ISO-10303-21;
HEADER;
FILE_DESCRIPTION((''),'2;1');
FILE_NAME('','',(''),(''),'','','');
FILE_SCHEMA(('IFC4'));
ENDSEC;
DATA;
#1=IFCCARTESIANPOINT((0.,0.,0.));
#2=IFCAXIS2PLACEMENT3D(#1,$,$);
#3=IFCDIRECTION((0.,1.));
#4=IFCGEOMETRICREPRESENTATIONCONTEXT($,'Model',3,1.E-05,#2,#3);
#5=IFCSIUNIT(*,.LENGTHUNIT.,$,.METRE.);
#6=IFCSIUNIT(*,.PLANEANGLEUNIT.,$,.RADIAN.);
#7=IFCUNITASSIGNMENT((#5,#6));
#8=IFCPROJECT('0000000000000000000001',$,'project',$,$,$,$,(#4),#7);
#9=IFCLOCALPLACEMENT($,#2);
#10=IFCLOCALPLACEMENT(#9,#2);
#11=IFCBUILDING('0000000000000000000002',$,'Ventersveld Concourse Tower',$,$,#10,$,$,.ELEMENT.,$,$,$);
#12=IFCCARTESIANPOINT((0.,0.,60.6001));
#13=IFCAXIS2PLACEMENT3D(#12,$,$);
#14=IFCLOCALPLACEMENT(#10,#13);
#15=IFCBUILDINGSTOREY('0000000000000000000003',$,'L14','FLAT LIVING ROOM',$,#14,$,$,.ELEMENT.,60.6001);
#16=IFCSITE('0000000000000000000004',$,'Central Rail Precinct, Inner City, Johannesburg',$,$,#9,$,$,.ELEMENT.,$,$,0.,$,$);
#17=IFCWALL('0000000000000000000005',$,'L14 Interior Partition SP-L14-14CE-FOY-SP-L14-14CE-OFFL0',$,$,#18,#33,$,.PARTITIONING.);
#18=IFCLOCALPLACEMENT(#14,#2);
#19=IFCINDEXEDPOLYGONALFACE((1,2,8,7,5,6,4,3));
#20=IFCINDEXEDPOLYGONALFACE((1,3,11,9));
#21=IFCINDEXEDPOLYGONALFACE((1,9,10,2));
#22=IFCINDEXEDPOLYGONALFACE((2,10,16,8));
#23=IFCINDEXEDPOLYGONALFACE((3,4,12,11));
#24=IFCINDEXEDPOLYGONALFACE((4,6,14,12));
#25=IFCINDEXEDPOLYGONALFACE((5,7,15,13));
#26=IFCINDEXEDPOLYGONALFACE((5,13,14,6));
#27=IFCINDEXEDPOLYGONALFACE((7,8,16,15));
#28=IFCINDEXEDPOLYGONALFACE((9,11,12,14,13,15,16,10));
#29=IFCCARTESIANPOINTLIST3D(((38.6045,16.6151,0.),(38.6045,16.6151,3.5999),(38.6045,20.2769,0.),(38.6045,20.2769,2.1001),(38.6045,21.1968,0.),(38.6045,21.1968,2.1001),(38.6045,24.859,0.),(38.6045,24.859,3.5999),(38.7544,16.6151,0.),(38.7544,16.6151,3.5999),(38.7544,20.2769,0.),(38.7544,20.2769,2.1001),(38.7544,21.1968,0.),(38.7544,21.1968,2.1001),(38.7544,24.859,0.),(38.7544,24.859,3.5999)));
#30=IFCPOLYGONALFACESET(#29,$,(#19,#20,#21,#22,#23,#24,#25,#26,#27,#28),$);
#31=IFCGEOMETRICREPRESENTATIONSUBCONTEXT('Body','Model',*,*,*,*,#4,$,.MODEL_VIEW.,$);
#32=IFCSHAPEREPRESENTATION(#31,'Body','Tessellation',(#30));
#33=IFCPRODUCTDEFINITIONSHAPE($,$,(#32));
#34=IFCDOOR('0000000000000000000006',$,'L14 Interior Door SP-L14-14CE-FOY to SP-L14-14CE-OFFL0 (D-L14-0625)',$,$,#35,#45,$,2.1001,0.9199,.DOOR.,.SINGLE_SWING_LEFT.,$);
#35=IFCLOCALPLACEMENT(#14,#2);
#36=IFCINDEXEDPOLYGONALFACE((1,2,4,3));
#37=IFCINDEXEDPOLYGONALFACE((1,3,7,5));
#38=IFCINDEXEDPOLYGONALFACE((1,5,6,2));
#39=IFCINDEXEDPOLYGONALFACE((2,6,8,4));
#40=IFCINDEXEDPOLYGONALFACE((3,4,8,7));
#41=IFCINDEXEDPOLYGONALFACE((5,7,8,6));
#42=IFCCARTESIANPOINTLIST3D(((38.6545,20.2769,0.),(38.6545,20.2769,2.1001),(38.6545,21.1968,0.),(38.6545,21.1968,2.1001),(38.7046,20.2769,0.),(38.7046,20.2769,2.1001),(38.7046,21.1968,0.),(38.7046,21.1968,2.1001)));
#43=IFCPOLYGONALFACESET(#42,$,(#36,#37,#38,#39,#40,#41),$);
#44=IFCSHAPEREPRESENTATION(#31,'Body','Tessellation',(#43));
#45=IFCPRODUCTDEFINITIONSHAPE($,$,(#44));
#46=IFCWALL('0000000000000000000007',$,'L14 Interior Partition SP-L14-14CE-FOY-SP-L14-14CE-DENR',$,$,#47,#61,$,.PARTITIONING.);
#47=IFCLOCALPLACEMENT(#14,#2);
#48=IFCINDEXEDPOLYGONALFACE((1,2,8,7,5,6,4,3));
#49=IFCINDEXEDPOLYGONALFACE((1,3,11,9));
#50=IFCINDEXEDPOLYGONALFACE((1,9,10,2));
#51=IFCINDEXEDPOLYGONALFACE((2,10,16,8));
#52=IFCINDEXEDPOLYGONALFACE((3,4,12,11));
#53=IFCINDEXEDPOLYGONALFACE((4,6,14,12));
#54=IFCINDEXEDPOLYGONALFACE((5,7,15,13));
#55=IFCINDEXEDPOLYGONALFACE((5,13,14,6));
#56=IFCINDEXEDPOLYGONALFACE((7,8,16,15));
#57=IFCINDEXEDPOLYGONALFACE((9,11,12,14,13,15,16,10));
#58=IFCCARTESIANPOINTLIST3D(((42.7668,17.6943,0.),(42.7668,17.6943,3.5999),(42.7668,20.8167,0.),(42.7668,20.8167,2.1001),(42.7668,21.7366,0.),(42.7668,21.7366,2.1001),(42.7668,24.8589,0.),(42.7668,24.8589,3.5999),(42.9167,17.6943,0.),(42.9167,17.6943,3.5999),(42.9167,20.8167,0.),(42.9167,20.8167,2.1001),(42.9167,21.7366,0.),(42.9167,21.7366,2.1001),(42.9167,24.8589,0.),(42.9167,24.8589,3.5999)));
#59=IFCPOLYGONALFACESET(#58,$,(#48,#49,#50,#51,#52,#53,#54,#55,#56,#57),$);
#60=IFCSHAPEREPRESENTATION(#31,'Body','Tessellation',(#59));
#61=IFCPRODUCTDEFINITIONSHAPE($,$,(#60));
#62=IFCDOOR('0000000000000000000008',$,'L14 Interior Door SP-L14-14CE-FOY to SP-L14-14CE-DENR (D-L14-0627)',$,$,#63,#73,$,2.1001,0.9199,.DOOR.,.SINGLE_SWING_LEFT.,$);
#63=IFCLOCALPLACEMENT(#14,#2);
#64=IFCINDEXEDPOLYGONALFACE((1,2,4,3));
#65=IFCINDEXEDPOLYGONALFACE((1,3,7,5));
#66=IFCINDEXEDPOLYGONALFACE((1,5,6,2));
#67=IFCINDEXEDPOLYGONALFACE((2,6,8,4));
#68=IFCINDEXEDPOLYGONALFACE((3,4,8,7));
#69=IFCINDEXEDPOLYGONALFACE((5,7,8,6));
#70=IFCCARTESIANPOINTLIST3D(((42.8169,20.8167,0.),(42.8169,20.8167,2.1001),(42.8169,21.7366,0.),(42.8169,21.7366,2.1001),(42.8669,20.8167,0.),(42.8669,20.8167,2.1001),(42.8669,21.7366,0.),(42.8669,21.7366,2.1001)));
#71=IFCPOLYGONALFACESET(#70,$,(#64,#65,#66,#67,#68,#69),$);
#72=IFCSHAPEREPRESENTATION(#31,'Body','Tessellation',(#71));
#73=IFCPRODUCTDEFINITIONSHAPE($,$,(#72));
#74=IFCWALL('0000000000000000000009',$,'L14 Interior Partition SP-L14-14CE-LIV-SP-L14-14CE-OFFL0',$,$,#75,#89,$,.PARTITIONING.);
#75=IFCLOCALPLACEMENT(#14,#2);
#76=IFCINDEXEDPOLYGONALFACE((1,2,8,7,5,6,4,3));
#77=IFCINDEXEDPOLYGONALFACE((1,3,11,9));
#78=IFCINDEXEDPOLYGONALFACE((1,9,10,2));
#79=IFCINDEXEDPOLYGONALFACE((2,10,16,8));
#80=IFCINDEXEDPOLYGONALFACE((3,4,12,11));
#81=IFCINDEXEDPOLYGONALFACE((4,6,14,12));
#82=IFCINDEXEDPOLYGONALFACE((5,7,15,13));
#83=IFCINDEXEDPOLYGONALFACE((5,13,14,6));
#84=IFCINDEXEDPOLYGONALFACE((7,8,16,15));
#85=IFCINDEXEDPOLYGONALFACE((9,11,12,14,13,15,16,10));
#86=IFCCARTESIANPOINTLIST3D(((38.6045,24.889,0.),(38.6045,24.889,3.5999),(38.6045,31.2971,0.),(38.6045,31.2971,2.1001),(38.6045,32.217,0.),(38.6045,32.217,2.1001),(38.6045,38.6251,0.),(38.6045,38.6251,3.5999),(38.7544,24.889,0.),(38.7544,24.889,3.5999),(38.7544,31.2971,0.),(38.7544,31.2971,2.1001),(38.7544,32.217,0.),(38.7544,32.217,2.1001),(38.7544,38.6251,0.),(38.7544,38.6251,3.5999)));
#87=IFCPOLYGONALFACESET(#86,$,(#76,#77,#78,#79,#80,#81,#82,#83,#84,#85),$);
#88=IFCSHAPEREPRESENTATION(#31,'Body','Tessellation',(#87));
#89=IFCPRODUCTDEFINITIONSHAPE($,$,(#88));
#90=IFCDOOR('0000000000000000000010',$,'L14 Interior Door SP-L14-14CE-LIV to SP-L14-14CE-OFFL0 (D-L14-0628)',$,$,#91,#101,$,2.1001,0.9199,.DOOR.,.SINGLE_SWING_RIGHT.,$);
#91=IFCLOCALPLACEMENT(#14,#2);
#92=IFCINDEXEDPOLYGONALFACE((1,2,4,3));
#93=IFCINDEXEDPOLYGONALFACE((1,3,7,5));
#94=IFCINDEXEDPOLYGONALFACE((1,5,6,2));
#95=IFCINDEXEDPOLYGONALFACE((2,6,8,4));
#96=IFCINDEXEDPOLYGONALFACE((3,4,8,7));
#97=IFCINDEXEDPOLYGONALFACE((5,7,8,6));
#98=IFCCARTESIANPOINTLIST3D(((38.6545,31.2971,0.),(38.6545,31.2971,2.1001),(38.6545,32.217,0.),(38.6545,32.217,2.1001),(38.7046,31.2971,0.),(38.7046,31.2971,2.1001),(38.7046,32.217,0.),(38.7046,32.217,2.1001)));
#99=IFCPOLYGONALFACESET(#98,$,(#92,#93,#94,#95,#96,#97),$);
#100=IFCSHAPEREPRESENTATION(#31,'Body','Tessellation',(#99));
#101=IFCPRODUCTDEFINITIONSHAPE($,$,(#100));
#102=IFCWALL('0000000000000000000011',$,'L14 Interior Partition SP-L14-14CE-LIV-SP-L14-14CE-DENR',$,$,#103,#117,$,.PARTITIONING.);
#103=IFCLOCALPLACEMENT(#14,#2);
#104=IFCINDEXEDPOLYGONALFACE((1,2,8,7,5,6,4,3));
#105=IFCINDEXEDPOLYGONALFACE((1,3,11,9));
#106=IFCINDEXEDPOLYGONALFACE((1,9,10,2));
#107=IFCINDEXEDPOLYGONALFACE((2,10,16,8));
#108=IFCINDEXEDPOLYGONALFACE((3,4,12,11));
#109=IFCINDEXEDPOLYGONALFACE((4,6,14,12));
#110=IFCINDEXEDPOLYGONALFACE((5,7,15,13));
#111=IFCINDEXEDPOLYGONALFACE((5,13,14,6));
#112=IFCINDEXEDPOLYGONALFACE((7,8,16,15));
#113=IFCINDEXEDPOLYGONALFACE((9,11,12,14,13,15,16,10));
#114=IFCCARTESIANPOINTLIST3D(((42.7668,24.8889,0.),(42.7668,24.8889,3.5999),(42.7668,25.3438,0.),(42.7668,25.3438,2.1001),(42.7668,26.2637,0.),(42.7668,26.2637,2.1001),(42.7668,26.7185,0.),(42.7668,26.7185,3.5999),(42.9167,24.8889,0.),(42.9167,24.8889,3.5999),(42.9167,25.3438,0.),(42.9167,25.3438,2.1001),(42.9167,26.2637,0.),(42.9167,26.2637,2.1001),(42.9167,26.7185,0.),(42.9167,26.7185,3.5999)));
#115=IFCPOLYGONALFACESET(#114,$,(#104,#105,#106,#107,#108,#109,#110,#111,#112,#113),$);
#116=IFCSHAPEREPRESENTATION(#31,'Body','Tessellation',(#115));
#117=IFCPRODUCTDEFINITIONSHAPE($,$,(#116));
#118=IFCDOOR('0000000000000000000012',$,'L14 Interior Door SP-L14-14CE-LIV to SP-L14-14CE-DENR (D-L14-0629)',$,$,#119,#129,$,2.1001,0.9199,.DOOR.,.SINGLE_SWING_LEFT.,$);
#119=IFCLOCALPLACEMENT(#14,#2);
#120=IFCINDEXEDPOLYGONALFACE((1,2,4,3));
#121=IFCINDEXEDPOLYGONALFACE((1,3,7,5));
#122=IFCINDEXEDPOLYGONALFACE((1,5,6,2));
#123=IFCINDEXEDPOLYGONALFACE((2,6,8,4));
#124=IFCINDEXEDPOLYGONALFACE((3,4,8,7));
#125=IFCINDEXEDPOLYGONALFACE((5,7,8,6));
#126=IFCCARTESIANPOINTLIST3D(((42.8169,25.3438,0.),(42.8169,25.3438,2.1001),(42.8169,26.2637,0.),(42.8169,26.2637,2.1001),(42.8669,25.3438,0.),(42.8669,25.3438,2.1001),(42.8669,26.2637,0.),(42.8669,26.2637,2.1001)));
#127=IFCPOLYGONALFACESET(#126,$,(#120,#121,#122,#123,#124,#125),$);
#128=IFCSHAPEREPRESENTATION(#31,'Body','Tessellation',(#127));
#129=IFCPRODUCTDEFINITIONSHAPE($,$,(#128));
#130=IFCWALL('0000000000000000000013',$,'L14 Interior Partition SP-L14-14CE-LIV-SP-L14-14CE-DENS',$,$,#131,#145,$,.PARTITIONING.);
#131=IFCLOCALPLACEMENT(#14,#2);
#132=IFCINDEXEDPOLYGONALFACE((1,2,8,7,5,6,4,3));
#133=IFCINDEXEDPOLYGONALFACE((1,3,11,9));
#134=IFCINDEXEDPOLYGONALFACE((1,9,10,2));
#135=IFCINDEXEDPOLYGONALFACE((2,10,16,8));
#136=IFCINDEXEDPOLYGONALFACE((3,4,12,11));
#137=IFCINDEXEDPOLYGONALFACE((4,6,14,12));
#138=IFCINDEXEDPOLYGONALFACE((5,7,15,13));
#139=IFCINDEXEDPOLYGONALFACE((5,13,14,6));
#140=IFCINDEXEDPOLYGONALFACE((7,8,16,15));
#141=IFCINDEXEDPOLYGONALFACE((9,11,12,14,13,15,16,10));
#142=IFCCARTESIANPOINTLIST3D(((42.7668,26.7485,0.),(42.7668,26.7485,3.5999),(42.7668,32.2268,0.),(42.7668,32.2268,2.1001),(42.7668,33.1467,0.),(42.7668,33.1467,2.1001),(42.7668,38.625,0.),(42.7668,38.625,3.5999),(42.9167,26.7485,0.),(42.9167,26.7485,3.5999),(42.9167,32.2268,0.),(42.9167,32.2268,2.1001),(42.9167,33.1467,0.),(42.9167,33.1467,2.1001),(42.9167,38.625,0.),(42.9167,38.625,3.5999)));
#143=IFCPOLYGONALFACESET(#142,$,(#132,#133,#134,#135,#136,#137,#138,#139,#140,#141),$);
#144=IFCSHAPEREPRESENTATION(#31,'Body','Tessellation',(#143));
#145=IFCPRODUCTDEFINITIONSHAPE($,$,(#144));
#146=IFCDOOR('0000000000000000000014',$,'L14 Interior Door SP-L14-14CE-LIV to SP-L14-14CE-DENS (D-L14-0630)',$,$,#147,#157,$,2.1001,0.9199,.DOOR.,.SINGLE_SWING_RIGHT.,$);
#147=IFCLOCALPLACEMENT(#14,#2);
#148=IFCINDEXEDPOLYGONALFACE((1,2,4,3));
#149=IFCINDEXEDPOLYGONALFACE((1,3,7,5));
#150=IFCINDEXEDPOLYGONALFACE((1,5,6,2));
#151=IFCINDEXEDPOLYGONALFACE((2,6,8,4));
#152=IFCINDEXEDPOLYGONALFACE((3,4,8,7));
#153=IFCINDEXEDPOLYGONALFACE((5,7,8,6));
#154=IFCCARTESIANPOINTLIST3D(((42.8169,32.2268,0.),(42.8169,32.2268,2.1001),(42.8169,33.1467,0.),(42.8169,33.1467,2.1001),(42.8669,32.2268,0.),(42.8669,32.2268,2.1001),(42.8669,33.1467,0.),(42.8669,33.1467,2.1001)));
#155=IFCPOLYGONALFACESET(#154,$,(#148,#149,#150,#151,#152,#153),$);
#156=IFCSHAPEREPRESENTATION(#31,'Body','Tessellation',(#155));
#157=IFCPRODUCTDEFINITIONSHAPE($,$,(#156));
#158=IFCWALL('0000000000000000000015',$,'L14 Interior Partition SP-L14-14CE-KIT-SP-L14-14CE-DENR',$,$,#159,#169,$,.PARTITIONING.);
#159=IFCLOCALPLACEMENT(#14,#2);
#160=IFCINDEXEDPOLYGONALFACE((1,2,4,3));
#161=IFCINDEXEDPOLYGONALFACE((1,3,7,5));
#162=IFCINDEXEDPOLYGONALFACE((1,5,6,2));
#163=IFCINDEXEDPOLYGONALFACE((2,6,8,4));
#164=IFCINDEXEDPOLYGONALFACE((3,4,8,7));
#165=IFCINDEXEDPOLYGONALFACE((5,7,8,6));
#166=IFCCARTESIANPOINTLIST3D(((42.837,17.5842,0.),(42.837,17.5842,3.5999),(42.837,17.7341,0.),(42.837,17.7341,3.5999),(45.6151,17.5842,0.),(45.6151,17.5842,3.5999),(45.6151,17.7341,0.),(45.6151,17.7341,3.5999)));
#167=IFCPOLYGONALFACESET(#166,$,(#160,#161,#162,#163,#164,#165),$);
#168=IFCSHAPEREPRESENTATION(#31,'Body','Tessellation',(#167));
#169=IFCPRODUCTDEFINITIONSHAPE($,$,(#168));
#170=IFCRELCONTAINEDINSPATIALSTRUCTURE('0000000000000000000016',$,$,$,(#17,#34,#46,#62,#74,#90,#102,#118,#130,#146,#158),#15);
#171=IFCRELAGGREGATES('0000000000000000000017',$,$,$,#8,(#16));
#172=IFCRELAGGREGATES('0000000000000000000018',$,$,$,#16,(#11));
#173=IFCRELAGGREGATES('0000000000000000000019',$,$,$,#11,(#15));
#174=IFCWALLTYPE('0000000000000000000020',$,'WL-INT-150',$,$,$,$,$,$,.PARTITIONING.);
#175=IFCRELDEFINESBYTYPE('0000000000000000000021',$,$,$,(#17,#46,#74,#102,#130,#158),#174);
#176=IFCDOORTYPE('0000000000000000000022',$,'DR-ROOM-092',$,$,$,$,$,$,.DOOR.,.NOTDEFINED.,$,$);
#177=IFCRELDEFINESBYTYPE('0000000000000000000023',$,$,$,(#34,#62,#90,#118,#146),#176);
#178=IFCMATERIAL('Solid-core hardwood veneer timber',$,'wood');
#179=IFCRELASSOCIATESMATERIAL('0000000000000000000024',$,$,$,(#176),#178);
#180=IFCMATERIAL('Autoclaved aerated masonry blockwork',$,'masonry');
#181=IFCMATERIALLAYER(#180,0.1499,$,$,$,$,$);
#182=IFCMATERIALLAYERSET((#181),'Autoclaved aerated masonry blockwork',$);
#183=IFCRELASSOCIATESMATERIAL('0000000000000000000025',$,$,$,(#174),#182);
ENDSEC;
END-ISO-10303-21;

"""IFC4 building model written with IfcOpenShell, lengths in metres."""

from ifc_helpers import new_model, si_unit, direction, frame, frame_2d, origin, place, context, subcontext, project, spatial, rectangle, extrude, material, layer, layer_set, type_object, element, fill, save


model = new_model("IFC4")

# Units and contexts
model_context = context("Model", 3, precision=1e-05, world=origin(), true_north=direction((0.0, 1.0)))
body_context = subcontext(model_context, "Body", "Model", "MODEL_VIEW")
ifc_project = project(units=[si_unit("LENGTHUNIT", "METRE"), si_unit("PLANEANGLEUNIT", "RADIAN")], contexts=[model_context])

# Site, building, storey
site_placement = place(None, origin())
site = spatial("IfcSite", under=ifc_project, at=site_placement, Name="Central Rail Precinct, Inner City, Johannesburg", CompositionType="ELEMENT", RefElevation=0.0)
building_placement = place(site_placement, origin())
building = spatial("IfcBuilding", under=site, at=building_placement, Name="Ventersveld Concourse Tower", CompositionType="ELEMENT")
storey_placement = place(building_placement, frame((0.0, 0.0, 60.6001)))
storey = spatial("IfcBuildingStorey", under=building, at=storey_placement, Name="L14", Description="FLAT LIVING ROOM", CompositionType="ELEMENT", Elevation=60.6001)

# Walls, openings, doors
ifc_material_1 = material(Name="Solid-core hardwood veneer timber", Category="wood")
door_type = type_object("IfcDoorType", Name="DR-ROOM-092", OperationType="NOTDEFINED", PredefinedType="DOOR", material=ifc_material_1)
ifc_material_2 = material(Name="Autoclaved aerated masonry blockwork", Category="masonry")
ifc_layer_1 = layer(ifc_material_2, 0.1499)
ifc_layer_set_1 = layer_set([ifc_layer_1], Name="Autoclaved aerated masonry blockwork")
wall_type_1 = type_object("IfcWallType", Name="WL-INT-150", PredefinedType="PARTITIONING", material=ifc_layer_set_1)
wall_1_placement = place(storey_placement, frame((38.6794, 16.615, 0.0), z_axis=(0.0, 0.0, 1.0), x_axis=(0.0, 1.0, 0.0)))
wall_1 = element("IfcWall", 1, at=wall_1_placement, inside=storey, type_object=wall_type_1, Name="L14 Interior Partition SP-L14-14CE-FOY-SP-L14-14CE-OFFL0", PredefinedType="PARTITIONING", context=body_context, shape_type="SweptSolid", body=[
    extrude(rectangle(XDim=8.2439, YDim=0.1499, at=frame_2d((4.1221, 0.0))), origin(), (0.0, 0.0, 1.0), 3.5999),
])
opening_1_placement = place(wall_1_placement, frame((3.6619, 0.0, 0.0)))
opening_1 = element("IfcOpeningElement", 2, at=opening_1_placement, cuts=wall_1, PredefinedType="OPENING", context=body_context, shape_type="SweptSolid", body=[
    extrude(rectangle(XDim=0.9199, YDim=2.1001, at=frame_2d((0.46, 1.05))), frame((0.0, 0.085, 0.0), z_axis=(0.0, -1.0, 0.0), x_axis=(1.0, 0.0, 0.0)), (0.0, 0.0, 1.0), 0.1699),
])
door_1_placement = place(opening_1_placement, origin())
door_1 = element("IfcDoor", 3, at=door_1_placement, inside=storey, type_object=door_type, Name="L14 Interior Door SP-L14-14CE-FOY to SP-L14-14CE-OFFL0 (D-L14-0625)", OperationType="SINGLE_SWING_LEFT", OverallHeight=2.1001, OverallWidth=0.9199, PredefinedType="DOOR", context=body_context, shape_type="SweptSolid", body=[
    extrude(rectangle(XDim=0.9199, YDim=2.1001, at=frame_2d((0.46, 1.05))), frame((0.0, 0.0249, 0.0), z_axis=(0.0, -1.0, 0.0), x_axis=(1.0, 0.0, 0.0)), (0.0, 0.0, 1.0), 0.05),
])
fill(opening_1, door_1)
wall_2_placement = place(storey_placement, frame((42.8418, 17.6943, 0.0), z_axis=(0.0, 0.0, 1.0), x_axis=(0.0, 1.0, 0.0)))
wall_2 = element("IfcWall", 4, at=wall_2_placement, inside=storey, type_object=wall_type_1, Name="L14 Interior Partition SP-L14-14CE-FOY-SP-L14-14CE-DENR", PredefinedType="PARTITIONING", context=body_context, shape_type="SweptSolid", body=[
    extrude(rectangle(XDim=7.1646, YDim=0.1499, at=frame_2d((3.5823, 0.0))), origin(), (0.0, 0.0, 1.0), 3.5999),
])
opening_2_placement = place(wall_2_placement, frame((3.1223, 0.0, 0.0)))
opening_2 = element("IfcOpeningElement", 5, at=opening_2_placement, cuts=wall_2, PredefinedType="OPENING", context=body_context, shape_type="SweptSolid", body=[
    extrude(rectangle(XDim=0.9199, YDim=2.1001, at=frame_2d((0.46, 1.05))), frame((0.0, 0.085, 0.0), z_axis=(0.0, -1.0, 0.0), x_axis=(1.0, 0.0, 0.0)), (0.0, 0.0, 1.0), 0.1699),
])
door_2_placement = place(opening_2_placement, origin())
door_2 = element("IfcDoor", 6, at=door_2_placement, inside=storey, type_object=door_type, Name="L14 Interior Door SP-L14-14CE-FOY to SP-L14-14CE-DENR (D-L14-0627)", OperationType="SINGLE_SWING_LEFT", OverallHeight=2.1001, OverallWidth=0.9199, PredefinedType="DOOR", context=body_context, shape_type="SweptSolid", body=[
    extrude(rectangle(XDim=0.9199, YDim=2.1001, at=frame_2d((0.46, 1.05))), frame((0.0, 0.0249, 0.0), z_axis=(0.0, -1.0, 0.0), x_axis=(1.0, 0.0, 0.0)), (0.0, 0.0, 1.0), 0.05),
])
fill(opening_2, door_2)
wall_3_placement = place(storey_placement, frame((38.6794, 24.8889, 0.0), z_axis=(0.0, 0.0, 1.0), x_axis=(0.0, 1.0, 0.0)))
wall_3 = element("IfcWall", 7, at=wall_3_placement, inside=storey, type_object=wall_type_1, Name="L14 Interior Partition SP-L14-14CE-LIV-SP-L14-14CE-OFFL0", PredefinedType="PARTITIONING", context=body_context, shape_type="SweptSolid", body=[
    extrude(rectangle(XDim=13.7361, YDim=0.1499, at=frame_2d((6.8682, 0.0))), origin(), (0.0, 0.0, 1.0), 3.5999),
])
opening_3_placement = place(wall_3_placement, frame((6.4082, 0.0, 0.0)))
opening_3 = element("IfcOpeningElement", 8, at=opening_3_placement, cuts=wall_3, PredefinedType="OPENING", context=body_context, shape_type="SweptSolid", body=[
    extrude(rectangle(XDim=0.9199, YDim=2.1001, at=frame_2d((0.46, 1.05))), frame((0.0, 0.085, 0.0), z_axis=(0.0, -1.0, 0.0), x_axis=(1.0, 0.0, 0.0)), (0.0, 0.0, 1.0), 0.1699),
])
door_3_placement = place(opening_3_placement, origin())
door_3 = element("IfcDoor", 9, at=door_3_placement, inside=storey, type_object=door_type, Name="L14 Interior Door SP-L14-14CE-LIV to SP-L14-14CE-OFFL0 (D-L14-0628)", OperationType="SINGLE_SWING_RIGHT", OverallHeight=2.1001, OverallWidth=0.9199, PredefinedType="DOOR", context=body_context, shape_type="SweptSolid", body=[
    extrude(rectangle(XDim=0.9199, YDim=2.1001, at=frame_2d((0.46, 1.05))), frame((0.0, 0.0249, 0.0), z_axis=(0.0, -1.0, 0.0), x_axis=(1.0, 0.0, 0.0)), (0.0, 0.0, 1.0), 0.05),
])
fill(opening_3, door_3)
wall_4_placement = place(storey_placement, frame((42.8418, 24.8889, 0.0), z_axis=(0.0, 0.0, 1.0), x_axis=(0.0, 1.0, 0.0)))
wall_4 = element("IfcWall", 10, at=wall_4_placement, inside=storey, type_object=wall_type_1, Name="L14 Interior Partition SP-L14-14CE-LIV-SP-L14-14CE-DENR", PredefinedType="PARTITIONING", context=body_context, shape_type="SweptSolid", body=[
    extrude(rectangle(XDim=1.8296, YDim=0.1499, at=frame_2d((0.9148, 0.0))), origin(), (0.0, 0.0, 1.0), 3.5999),
])
opening_4_placement = place(wall_4_placement, frame((0.4548, 0.0, 0.0)))
opening_4 = element("IfcOpeningElement", 11, at=opening_4_placement, cuts=wall_4, PredefinedType="OPENING", context=body_context, shape_type="SweptSolid", body=[
    extrude(rectangle(XDim=0.9199, YDim=2.1001, at=frame_2d((0.46, 1.05))), frame((0.0, 0.085, 0.0), z_axis=(0.0, -1.0, 0.0), x_axis=(1.0, 0.0, 0.0)), (0.0, 0.0, 1.0), 0.1699),
])
door_4_placement = place(opening_4_placement, origin())
door_4 = element("IfcDoor", 12, at=door_4_placement, inside=storey, type_object=door_type, Name="L14 Interior Door SP-L14-14CE-LIV to SP-L14-14CE-DENR (D-L14-0629)", OperationType="SINGLE_SWING_LEFT", OverallHeight=2.1001, OverallWidth=0.9199, PredefinedType="DOOR", context=body_context, shape_type="SweptSolid", body=[
    extrude(rectangle(XDim=0.9199, YDim=2.1001, at=frame_2d((0.46, 1.05))), frame((0.0, 0.0249, 0.0), z_axis=(0.0, -1.0, 0.0), x_axis=(1.0, 0.0, 0.0)), (0.0, 0.0, 1.0), 0.05),
])
fill(opening_4, door_4)
wall_5_placement = place(storey_placement, frame((42.8418, 26.7485, 0.0), z_axis=(0.0, 0.0, 1.0), x_axis=(0.0, 1.0, 0.0)))
wall_5 = element("IfcWall", 13, at=wall_5_placement, inside=storey, type_object=wall_type_1, Name="L14 Interior Partition SP-L14-14CE-LIV-SP-L14-14CE-DENS", PredefinedType="PARTITIONING", context=body_context, shape_type="SweptSolid", body=[
    extrude(rectangle(XDim=11.8765, YDim=0.1499, at=frame_2d((5.9382, 0.0))), origin(), (0.0, 0.0, 1.0), 3.5999),
])
opening_5_placement = place(wall_5_placement, frame((5.4783, 0.0, 0.0)))
opening_5 = element("IfcOpeningElement", 14, at=opening_5_placement, cuts=wall_5, PredefinedType="OPENING", context=body_context, shape_type="SweptSolid", body=[
    extrude(rectangle(XDim=0.9199, YDim=2.1001, at=frame_2d((0.46, 1.05))), frame((0.0, 0.085, 0.0), z_axis=(0.0, -1.0, 0.0), x_axis=(1.0, 0.0, 0.0)), (0.0, 0.0, 1.0), 0.1699),
])
door_5_placement = place(opening_5_placement, origin())
door_5 = element("IfcDoor", 15, at=door_5_placement, inside=storey, type_object=door_type, Name="L14 Interior Door SP-L14-14CE-LIV to SP-L14-14CE-DENS (D-L14-0630)", OperationType="SINGLE_SWING_RIGHT", OverallHeight=2.1001, OverallWidth=0.9199, PredefinedType="DOOR", context=body_context, shape_type="SweptSolid", body=[
    extrude(rectangle(XDim=0.9199, YDim=2.1001, at=frame_2d((0.46, 1.05))), frame((0.0, 0.0249, 0.0), z_axis=(0.0, -1.0, 0.0), x_axis=(1.0, 0.0, 0.0)), (0.0, 0.0, 1.0), 0.05),
])
fill(opening_5, door_5)

# Wall
for number, where, z_axis, x_axis, name in (
    (16, (42.8369, 17.6592, 0.0), (0.0, 0.0, 1.0), (1.0, 0.0, 0.0), "L14 Interior Partition SP-L14-14CE-KIT-SP-L14-14CE-DENR"),
):
    element("IfcWall", number, at=place(storey_placement, frame(where, z_axis=z_axis, x_axis=x_axis)), inside=storey, type_object=wall_type_1, Name=name, PredefinedType="PARTITIONING", context=body_context, shape_type="SweptSolid", body=[
        extrude(rectangle(XDim=2.7781, YDim=0.1499, at=frame_2d((1.3892, 0.0))), origin(), (0.0, 0.0, 1.0), 3.5999),
    ])

save(model, "model.ifc")
